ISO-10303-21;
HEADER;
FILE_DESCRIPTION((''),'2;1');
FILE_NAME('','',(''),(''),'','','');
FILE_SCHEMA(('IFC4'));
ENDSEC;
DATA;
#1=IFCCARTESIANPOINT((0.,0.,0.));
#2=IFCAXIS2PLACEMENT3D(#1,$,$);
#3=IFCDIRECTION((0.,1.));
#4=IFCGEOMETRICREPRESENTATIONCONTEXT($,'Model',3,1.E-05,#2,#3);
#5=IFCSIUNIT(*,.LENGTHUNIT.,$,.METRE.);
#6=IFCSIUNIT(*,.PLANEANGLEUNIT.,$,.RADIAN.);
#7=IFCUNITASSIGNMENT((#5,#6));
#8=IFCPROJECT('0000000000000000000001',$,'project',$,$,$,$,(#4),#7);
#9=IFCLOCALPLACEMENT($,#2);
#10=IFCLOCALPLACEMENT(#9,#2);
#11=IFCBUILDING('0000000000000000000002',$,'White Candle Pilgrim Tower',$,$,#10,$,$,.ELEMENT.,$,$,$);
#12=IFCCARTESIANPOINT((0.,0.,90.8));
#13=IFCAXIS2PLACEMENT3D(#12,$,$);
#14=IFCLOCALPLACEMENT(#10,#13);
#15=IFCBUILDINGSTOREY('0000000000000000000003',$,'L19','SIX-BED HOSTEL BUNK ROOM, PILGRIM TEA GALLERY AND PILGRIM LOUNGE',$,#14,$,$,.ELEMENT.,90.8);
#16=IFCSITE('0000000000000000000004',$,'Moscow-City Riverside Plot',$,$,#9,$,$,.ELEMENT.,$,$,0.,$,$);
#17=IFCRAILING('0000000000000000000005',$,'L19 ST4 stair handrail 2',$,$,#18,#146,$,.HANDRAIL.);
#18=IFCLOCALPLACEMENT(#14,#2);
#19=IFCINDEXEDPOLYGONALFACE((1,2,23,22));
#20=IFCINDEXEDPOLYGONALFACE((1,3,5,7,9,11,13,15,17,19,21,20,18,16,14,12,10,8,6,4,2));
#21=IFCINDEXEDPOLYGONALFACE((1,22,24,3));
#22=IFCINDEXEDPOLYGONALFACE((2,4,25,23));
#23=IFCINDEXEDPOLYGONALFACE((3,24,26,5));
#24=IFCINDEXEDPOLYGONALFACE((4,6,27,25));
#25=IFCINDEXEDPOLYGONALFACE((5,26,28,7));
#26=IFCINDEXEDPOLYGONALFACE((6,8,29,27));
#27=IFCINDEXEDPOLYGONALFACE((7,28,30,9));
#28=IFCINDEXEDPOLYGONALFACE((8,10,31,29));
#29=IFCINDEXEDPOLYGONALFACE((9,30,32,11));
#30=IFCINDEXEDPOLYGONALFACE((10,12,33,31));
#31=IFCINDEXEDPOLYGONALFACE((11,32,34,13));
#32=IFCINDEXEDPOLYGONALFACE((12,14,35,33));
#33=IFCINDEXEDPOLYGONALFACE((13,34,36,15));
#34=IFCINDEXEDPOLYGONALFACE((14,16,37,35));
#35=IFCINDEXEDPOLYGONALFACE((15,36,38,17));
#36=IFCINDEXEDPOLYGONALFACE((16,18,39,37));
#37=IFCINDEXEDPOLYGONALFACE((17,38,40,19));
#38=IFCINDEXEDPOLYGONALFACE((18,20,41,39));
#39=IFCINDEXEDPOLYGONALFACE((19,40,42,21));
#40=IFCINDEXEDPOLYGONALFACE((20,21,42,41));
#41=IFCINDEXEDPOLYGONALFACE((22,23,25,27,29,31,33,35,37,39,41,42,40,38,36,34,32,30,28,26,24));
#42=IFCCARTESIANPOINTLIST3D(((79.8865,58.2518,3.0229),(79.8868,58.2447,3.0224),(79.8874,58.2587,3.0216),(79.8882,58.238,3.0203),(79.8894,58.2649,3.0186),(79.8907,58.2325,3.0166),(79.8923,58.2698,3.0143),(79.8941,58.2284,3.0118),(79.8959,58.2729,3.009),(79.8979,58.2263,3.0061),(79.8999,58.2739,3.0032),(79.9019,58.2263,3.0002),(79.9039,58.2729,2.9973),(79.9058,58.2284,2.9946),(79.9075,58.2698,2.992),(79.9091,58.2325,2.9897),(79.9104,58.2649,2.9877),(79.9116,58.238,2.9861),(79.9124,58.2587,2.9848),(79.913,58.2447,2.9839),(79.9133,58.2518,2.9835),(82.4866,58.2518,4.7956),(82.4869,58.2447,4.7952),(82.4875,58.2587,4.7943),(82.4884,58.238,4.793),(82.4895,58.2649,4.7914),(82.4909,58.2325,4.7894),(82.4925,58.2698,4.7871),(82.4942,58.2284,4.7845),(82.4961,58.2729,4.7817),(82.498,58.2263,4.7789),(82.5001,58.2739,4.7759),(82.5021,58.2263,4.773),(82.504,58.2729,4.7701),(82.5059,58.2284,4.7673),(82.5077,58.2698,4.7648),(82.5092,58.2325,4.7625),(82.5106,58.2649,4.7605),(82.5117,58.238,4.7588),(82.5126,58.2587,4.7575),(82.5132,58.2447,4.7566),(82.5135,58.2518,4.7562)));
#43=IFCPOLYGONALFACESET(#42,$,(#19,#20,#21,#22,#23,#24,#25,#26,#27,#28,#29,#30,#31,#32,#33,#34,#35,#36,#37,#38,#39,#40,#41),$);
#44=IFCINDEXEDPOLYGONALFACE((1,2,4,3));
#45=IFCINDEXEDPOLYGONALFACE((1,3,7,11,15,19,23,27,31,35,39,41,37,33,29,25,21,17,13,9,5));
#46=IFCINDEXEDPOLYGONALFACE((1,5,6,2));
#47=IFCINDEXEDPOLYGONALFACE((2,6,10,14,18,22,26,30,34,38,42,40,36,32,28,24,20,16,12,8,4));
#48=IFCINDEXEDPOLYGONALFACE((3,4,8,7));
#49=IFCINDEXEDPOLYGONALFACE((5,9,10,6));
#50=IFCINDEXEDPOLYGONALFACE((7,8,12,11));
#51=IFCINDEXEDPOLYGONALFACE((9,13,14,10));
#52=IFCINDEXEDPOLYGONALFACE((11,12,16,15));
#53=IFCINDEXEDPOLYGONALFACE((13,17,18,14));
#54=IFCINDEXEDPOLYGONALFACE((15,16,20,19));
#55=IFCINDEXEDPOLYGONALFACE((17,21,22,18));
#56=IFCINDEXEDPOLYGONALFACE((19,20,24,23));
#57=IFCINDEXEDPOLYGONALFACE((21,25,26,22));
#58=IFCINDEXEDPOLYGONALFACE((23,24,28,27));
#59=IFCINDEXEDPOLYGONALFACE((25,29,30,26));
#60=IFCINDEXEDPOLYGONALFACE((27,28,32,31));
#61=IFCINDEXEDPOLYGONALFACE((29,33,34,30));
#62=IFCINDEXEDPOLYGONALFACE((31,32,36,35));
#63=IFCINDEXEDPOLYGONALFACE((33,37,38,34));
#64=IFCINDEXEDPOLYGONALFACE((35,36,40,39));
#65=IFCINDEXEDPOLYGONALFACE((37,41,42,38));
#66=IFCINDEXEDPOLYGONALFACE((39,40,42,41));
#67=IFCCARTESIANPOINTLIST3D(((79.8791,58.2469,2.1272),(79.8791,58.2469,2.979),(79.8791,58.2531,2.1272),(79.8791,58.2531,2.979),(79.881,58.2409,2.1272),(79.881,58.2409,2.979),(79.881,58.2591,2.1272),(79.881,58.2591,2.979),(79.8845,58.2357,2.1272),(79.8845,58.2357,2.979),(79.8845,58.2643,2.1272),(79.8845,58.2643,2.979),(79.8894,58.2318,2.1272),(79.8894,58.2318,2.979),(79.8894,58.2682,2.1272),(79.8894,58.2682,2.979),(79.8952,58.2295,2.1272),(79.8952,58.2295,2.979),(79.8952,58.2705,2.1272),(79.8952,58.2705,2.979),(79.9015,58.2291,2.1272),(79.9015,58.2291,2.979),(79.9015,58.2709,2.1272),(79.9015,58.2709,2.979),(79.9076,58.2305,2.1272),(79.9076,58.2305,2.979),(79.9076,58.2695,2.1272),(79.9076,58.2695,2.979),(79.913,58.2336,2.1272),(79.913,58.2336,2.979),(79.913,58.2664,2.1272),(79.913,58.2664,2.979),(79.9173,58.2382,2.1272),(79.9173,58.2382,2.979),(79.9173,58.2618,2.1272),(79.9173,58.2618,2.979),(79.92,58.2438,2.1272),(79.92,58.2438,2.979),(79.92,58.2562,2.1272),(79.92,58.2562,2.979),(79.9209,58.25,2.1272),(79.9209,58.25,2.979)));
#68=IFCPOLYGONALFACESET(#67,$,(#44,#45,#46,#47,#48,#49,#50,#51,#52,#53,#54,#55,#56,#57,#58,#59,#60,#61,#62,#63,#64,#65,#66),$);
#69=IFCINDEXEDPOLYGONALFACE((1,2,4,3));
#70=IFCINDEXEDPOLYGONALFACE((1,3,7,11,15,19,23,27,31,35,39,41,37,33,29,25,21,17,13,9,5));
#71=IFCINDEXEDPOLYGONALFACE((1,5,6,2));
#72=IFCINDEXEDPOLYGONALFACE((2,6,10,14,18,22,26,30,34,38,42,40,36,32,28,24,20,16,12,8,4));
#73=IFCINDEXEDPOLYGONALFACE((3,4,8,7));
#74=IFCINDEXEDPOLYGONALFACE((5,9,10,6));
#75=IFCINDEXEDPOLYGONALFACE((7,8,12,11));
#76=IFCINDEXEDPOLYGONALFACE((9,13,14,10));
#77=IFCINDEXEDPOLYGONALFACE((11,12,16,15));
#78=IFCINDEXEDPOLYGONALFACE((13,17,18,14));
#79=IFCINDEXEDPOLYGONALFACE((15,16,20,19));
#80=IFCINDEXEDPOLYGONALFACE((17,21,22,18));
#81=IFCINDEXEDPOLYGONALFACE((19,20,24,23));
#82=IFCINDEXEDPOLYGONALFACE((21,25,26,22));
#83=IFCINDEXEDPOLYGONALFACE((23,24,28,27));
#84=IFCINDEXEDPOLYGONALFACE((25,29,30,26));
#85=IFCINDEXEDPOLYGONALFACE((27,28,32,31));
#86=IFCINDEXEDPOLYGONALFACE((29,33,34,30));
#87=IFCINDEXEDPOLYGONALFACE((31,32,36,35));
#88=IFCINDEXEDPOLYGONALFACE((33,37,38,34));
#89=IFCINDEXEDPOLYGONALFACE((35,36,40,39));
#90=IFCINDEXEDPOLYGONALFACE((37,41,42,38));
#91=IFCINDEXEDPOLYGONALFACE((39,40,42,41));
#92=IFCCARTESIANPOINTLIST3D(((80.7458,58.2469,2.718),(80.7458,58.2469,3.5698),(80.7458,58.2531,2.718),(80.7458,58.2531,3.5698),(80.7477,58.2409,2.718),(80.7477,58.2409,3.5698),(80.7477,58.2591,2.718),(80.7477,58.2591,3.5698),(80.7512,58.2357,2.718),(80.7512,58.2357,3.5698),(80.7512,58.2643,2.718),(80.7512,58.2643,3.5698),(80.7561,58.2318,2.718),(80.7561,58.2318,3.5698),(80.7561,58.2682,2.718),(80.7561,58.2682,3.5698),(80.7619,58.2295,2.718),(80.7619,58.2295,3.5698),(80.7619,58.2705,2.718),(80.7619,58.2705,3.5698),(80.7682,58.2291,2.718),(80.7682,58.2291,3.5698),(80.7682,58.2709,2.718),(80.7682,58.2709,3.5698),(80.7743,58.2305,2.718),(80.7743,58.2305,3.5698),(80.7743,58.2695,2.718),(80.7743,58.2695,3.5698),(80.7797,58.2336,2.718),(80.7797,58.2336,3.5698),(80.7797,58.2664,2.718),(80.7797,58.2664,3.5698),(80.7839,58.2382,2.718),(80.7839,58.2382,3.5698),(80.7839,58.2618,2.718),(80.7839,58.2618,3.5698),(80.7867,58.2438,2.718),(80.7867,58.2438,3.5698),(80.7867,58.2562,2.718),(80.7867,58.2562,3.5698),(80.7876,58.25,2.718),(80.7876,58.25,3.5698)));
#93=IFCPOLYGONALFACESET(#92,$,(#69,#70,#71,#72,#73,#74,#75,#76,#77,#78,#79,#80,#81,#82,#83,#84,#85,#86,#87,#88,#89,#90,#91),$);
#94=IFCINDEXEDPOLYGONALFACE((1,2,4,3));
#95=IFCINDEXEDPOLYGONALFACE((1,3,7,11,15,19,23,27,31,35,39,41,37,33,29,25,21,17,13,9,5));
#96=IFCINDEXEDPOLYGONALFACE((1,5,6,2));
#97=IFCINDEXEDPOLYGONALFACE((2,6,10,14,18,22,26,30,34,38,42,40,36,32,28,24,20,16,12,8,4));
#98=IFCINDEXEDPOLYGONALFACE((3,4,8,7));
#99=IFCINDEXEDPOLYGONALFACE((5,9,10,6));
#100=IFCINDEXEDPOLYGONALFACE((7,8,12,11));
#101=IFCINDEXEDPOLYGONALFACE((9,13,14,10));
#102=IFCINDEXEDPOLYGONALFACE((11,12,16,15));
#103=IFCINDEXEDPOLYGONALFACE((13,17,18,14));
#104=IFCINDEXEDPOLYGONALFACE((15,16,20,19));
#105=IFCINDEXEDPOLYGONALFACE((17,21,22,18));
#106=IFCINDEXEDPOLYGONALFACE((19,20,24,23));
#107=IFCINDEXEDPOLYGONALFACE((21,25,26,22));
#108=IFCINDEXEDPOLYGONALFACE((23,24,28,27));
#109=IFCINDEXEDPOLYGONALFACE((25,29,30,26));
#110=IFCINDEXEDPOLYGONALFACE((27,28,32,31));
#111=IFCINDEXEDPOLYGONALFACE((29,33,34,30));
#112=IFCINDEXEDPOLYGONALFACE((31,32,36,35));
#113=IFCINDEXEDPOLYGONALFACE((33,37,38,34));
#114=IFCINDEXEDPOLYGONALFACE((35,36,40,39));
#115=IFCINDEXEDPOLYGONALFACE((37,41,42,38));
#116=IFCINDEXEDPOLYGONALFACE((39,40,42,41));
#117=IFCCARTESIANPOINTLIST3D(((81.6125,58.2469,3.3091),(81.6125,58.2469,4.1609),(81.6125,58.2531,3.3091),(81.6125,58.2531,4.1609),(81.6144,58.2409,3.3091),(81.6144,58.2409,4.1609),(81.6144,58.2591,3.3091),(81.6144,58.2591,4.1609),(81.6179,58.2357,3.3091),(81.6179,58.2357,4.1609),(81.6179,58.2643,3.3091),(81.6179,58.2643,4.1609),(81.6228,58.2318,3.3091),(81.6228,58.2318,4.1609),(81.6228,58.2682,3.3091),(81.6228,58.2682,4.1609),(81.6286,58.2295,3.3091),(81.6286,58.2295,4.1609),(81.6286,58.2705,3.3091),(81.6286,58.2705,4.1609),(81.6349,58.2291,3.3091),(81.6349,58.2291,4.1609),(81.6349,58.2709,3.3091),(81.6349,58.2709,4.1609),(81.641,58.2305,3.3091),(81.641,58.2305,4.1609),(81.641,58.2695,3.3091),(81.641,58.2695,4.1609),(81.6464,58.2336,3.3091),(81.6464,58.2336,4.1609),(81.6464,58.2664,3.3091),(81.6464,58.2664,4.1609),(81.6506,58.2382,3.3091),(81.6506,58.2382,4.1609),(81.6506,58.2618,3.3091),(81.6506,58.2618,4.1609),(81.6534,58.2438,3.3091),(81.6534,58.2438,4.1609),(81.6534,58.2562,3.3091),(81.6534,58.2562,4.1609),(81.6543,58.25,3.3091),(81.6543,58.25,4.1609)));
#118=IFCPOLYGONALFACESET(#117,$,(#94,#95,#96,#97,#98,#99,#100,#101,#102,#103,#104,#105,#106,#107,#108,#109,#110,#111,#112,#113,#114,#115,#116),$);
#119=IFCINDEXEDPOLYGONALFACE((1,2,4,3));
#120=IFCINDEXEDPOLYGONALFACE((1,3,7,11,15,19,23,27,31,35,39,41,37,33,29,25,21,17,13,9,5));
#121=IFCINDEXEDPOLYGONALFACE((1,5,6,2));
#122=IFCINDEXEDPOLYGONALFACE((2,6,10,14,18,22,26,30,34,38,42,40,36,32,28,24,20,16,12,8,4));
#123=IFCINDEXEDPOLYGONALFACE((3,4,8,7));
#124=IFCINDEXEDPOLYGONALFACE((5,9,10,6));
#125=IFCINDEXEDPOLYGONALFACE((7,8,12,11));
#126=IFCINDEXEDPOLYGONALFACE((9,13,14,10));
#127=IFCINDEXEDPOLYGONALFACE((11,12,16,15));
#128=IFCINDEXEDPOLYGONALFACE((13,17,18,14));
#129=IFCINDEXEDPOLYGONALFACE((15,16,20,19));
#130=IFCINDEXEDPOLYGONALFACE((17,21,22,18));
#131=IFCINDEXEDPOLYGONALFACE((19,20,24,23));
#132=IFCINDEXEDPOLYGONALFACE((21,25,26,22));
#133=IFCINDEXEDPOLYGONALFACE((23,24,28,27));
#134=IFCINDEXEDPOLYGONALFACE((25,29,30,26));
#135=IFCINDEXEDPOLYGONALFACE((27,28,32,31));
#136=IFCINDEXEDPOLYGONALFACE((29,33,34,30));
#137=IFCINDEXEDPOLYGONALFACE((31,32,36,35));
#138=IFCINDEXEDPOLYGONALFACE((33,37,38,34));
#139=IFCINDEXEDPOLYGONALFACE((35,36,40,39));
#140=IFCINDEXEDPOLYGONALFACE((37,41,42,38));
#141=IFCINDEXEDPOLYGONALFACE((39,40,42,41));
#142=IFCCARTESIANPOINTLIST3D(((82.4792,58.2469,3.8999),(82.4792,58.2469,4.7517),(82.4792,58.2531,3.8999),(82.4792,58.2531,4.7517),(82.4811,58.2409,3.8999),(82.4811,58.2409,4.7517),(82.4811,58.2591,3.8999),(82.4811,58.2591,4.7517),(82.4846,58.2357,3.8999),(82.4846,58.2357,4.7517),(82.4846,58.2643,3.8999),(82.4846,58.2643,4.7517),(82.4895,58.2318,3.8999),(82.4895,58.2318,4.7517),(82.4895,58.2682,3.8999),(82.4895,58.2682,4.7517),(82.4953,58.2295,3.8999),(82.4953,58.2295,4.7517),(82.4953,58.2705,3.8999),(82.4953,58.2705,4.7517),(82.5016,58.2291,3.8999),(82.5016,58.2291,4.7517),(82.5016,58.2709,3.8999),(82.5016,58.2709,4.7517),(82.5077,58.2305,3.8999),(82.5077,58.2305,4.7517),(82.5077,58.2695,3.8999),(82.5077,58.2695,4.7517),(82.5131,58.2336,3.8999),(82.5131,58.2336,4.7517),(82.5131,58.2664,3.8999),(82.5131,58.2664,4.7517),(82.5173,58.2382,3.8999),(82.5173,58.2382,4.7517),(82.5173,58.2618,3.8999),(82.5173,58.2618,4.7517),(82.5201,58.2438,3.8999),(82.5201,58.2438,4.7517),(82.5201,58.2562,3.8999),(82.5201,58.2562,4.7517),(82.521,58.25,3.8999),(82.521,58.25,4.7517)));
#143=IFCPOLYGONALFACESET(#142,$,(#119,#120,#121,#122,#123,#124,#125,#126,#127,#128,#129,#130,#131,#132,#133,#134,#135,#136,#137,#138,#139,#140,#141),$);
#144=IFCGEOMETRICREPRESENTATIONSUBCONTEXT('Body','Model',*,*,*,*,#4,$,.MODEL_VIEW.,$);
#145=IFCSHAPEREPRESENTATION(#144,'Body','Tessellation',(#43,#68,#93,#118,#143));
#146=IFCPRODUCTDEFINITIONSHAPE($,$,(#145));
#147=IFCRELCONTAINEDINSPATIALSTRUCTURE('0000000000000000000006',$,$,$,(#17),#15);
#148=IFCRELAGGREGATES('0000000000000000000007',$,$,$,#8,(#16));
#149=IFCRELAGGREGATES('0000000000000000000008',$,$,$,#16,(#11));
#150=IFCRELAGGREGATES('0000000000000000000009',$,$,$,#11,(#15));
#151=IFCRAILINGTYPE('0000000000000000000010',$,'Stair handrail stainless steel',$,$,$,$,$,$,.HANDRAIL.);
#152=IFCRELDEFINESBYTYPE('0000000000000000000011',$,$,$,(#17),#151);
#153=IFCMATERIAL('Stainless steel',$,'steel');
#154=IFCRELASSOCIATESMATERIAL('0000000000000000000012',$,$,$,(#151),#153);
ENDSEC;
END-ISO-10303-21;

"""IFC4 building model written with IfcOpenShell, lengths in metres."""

from ifc_helpers import new_model, si_unit, direction, frame, origin, origin_2d, place, context, subcontext, project, spatial, circle, extrude, material, type_object, element, save


model = new_model("IFC4")

# Units and contexts
model_context = context("Model", 3, precision=1e-05, world=origin(), true_north=direction((0.0, 1.0)))
body_context = subcontext(model_context, "Body", "Model", "MODEL_VIEW")
ifc_project = project(units=[si_unit("LENGTHUNIT", "METRE"), si_unit("PLANEANGLEUNIT", "RADIAN")], contexts=[model_context])

# Site, building, storey
site_placement = place(None, origin())
site = spatial("IfcSite", under=ifc_project, at=site_placement, Name="Moscow-City Riverside Plot", CompositionType="ELEMENT", RefElevation=0.0)
building_placement = place(site_placement, origin())
building = spatial("IfcBuilding", under=site, at=building_placement, Name="White Candle Pilgrim Tower", CompositionType="ELEMENT")
storey_placement = place(building_placement, frame((0.0, 0.0, 90.8)))
storey = spatial("IfcBuildingStorey", under=building, at=storey_placement, Name="L19", Description="SIX-BED HOSTEL BUNK ROOM, PILGRIM TEA GALLERY AND PILGRIM LOUNGE", CompositionType="ELEMENT", Elevation=90.8)

# Railing
ifc_material_1 = material(Name="Stainless steel", Category="steel")
railing_type_1 = type_object("IfcRailingType", Name="Stair handrail stainless steel", PredefinedType="HANDRAIL", material=ifc_material_1)
railing_1_placement = place(storey_placement, frame((79.8999, 58.25, 2.1272)))
element("IfcRailing", 1, at=railing_1_placement, inside=storey, type_object=railing_type_1, Name="L19 ST4 stair handrail 2", PredefinedType="HANDRAIL", context=body_context, shape_type="SweptSolid", body=[
    extrude(circle(Radius=0.0239, at=origin_2d()), frame((0.0, 0.0, 0.876), z_axis=(0.82624, 0.0, 0.563318), x_axis=(0.0, 1.0, 0.0)), (0.0, 0.0, 1.0), 3.147),
    extrude(circle(Radius=0.021, at=origin_2d()), origin(), (0.0, 0.0, 1.0), 0.8518),
    extrude(circle(Radius=0.021, at=origin_2d()), frame((0.8667, 0.0, 0.5908)), (0.0, 0.0, 1.0), 0.8518),
    extrude(circle(Radius=0.021, at=origin_2d()), frame((1.7334, 0.0, 1.1819)), (0.0, 0.0, 1.0), 0.8518),
    extrude(circle(Radius=0.021, at=origin_2d()), frame((2.6001, 0.0, 1.7727)), (0.0, 0.0, 1.0), 0.8518),
])

save(model, "model.ifc")
